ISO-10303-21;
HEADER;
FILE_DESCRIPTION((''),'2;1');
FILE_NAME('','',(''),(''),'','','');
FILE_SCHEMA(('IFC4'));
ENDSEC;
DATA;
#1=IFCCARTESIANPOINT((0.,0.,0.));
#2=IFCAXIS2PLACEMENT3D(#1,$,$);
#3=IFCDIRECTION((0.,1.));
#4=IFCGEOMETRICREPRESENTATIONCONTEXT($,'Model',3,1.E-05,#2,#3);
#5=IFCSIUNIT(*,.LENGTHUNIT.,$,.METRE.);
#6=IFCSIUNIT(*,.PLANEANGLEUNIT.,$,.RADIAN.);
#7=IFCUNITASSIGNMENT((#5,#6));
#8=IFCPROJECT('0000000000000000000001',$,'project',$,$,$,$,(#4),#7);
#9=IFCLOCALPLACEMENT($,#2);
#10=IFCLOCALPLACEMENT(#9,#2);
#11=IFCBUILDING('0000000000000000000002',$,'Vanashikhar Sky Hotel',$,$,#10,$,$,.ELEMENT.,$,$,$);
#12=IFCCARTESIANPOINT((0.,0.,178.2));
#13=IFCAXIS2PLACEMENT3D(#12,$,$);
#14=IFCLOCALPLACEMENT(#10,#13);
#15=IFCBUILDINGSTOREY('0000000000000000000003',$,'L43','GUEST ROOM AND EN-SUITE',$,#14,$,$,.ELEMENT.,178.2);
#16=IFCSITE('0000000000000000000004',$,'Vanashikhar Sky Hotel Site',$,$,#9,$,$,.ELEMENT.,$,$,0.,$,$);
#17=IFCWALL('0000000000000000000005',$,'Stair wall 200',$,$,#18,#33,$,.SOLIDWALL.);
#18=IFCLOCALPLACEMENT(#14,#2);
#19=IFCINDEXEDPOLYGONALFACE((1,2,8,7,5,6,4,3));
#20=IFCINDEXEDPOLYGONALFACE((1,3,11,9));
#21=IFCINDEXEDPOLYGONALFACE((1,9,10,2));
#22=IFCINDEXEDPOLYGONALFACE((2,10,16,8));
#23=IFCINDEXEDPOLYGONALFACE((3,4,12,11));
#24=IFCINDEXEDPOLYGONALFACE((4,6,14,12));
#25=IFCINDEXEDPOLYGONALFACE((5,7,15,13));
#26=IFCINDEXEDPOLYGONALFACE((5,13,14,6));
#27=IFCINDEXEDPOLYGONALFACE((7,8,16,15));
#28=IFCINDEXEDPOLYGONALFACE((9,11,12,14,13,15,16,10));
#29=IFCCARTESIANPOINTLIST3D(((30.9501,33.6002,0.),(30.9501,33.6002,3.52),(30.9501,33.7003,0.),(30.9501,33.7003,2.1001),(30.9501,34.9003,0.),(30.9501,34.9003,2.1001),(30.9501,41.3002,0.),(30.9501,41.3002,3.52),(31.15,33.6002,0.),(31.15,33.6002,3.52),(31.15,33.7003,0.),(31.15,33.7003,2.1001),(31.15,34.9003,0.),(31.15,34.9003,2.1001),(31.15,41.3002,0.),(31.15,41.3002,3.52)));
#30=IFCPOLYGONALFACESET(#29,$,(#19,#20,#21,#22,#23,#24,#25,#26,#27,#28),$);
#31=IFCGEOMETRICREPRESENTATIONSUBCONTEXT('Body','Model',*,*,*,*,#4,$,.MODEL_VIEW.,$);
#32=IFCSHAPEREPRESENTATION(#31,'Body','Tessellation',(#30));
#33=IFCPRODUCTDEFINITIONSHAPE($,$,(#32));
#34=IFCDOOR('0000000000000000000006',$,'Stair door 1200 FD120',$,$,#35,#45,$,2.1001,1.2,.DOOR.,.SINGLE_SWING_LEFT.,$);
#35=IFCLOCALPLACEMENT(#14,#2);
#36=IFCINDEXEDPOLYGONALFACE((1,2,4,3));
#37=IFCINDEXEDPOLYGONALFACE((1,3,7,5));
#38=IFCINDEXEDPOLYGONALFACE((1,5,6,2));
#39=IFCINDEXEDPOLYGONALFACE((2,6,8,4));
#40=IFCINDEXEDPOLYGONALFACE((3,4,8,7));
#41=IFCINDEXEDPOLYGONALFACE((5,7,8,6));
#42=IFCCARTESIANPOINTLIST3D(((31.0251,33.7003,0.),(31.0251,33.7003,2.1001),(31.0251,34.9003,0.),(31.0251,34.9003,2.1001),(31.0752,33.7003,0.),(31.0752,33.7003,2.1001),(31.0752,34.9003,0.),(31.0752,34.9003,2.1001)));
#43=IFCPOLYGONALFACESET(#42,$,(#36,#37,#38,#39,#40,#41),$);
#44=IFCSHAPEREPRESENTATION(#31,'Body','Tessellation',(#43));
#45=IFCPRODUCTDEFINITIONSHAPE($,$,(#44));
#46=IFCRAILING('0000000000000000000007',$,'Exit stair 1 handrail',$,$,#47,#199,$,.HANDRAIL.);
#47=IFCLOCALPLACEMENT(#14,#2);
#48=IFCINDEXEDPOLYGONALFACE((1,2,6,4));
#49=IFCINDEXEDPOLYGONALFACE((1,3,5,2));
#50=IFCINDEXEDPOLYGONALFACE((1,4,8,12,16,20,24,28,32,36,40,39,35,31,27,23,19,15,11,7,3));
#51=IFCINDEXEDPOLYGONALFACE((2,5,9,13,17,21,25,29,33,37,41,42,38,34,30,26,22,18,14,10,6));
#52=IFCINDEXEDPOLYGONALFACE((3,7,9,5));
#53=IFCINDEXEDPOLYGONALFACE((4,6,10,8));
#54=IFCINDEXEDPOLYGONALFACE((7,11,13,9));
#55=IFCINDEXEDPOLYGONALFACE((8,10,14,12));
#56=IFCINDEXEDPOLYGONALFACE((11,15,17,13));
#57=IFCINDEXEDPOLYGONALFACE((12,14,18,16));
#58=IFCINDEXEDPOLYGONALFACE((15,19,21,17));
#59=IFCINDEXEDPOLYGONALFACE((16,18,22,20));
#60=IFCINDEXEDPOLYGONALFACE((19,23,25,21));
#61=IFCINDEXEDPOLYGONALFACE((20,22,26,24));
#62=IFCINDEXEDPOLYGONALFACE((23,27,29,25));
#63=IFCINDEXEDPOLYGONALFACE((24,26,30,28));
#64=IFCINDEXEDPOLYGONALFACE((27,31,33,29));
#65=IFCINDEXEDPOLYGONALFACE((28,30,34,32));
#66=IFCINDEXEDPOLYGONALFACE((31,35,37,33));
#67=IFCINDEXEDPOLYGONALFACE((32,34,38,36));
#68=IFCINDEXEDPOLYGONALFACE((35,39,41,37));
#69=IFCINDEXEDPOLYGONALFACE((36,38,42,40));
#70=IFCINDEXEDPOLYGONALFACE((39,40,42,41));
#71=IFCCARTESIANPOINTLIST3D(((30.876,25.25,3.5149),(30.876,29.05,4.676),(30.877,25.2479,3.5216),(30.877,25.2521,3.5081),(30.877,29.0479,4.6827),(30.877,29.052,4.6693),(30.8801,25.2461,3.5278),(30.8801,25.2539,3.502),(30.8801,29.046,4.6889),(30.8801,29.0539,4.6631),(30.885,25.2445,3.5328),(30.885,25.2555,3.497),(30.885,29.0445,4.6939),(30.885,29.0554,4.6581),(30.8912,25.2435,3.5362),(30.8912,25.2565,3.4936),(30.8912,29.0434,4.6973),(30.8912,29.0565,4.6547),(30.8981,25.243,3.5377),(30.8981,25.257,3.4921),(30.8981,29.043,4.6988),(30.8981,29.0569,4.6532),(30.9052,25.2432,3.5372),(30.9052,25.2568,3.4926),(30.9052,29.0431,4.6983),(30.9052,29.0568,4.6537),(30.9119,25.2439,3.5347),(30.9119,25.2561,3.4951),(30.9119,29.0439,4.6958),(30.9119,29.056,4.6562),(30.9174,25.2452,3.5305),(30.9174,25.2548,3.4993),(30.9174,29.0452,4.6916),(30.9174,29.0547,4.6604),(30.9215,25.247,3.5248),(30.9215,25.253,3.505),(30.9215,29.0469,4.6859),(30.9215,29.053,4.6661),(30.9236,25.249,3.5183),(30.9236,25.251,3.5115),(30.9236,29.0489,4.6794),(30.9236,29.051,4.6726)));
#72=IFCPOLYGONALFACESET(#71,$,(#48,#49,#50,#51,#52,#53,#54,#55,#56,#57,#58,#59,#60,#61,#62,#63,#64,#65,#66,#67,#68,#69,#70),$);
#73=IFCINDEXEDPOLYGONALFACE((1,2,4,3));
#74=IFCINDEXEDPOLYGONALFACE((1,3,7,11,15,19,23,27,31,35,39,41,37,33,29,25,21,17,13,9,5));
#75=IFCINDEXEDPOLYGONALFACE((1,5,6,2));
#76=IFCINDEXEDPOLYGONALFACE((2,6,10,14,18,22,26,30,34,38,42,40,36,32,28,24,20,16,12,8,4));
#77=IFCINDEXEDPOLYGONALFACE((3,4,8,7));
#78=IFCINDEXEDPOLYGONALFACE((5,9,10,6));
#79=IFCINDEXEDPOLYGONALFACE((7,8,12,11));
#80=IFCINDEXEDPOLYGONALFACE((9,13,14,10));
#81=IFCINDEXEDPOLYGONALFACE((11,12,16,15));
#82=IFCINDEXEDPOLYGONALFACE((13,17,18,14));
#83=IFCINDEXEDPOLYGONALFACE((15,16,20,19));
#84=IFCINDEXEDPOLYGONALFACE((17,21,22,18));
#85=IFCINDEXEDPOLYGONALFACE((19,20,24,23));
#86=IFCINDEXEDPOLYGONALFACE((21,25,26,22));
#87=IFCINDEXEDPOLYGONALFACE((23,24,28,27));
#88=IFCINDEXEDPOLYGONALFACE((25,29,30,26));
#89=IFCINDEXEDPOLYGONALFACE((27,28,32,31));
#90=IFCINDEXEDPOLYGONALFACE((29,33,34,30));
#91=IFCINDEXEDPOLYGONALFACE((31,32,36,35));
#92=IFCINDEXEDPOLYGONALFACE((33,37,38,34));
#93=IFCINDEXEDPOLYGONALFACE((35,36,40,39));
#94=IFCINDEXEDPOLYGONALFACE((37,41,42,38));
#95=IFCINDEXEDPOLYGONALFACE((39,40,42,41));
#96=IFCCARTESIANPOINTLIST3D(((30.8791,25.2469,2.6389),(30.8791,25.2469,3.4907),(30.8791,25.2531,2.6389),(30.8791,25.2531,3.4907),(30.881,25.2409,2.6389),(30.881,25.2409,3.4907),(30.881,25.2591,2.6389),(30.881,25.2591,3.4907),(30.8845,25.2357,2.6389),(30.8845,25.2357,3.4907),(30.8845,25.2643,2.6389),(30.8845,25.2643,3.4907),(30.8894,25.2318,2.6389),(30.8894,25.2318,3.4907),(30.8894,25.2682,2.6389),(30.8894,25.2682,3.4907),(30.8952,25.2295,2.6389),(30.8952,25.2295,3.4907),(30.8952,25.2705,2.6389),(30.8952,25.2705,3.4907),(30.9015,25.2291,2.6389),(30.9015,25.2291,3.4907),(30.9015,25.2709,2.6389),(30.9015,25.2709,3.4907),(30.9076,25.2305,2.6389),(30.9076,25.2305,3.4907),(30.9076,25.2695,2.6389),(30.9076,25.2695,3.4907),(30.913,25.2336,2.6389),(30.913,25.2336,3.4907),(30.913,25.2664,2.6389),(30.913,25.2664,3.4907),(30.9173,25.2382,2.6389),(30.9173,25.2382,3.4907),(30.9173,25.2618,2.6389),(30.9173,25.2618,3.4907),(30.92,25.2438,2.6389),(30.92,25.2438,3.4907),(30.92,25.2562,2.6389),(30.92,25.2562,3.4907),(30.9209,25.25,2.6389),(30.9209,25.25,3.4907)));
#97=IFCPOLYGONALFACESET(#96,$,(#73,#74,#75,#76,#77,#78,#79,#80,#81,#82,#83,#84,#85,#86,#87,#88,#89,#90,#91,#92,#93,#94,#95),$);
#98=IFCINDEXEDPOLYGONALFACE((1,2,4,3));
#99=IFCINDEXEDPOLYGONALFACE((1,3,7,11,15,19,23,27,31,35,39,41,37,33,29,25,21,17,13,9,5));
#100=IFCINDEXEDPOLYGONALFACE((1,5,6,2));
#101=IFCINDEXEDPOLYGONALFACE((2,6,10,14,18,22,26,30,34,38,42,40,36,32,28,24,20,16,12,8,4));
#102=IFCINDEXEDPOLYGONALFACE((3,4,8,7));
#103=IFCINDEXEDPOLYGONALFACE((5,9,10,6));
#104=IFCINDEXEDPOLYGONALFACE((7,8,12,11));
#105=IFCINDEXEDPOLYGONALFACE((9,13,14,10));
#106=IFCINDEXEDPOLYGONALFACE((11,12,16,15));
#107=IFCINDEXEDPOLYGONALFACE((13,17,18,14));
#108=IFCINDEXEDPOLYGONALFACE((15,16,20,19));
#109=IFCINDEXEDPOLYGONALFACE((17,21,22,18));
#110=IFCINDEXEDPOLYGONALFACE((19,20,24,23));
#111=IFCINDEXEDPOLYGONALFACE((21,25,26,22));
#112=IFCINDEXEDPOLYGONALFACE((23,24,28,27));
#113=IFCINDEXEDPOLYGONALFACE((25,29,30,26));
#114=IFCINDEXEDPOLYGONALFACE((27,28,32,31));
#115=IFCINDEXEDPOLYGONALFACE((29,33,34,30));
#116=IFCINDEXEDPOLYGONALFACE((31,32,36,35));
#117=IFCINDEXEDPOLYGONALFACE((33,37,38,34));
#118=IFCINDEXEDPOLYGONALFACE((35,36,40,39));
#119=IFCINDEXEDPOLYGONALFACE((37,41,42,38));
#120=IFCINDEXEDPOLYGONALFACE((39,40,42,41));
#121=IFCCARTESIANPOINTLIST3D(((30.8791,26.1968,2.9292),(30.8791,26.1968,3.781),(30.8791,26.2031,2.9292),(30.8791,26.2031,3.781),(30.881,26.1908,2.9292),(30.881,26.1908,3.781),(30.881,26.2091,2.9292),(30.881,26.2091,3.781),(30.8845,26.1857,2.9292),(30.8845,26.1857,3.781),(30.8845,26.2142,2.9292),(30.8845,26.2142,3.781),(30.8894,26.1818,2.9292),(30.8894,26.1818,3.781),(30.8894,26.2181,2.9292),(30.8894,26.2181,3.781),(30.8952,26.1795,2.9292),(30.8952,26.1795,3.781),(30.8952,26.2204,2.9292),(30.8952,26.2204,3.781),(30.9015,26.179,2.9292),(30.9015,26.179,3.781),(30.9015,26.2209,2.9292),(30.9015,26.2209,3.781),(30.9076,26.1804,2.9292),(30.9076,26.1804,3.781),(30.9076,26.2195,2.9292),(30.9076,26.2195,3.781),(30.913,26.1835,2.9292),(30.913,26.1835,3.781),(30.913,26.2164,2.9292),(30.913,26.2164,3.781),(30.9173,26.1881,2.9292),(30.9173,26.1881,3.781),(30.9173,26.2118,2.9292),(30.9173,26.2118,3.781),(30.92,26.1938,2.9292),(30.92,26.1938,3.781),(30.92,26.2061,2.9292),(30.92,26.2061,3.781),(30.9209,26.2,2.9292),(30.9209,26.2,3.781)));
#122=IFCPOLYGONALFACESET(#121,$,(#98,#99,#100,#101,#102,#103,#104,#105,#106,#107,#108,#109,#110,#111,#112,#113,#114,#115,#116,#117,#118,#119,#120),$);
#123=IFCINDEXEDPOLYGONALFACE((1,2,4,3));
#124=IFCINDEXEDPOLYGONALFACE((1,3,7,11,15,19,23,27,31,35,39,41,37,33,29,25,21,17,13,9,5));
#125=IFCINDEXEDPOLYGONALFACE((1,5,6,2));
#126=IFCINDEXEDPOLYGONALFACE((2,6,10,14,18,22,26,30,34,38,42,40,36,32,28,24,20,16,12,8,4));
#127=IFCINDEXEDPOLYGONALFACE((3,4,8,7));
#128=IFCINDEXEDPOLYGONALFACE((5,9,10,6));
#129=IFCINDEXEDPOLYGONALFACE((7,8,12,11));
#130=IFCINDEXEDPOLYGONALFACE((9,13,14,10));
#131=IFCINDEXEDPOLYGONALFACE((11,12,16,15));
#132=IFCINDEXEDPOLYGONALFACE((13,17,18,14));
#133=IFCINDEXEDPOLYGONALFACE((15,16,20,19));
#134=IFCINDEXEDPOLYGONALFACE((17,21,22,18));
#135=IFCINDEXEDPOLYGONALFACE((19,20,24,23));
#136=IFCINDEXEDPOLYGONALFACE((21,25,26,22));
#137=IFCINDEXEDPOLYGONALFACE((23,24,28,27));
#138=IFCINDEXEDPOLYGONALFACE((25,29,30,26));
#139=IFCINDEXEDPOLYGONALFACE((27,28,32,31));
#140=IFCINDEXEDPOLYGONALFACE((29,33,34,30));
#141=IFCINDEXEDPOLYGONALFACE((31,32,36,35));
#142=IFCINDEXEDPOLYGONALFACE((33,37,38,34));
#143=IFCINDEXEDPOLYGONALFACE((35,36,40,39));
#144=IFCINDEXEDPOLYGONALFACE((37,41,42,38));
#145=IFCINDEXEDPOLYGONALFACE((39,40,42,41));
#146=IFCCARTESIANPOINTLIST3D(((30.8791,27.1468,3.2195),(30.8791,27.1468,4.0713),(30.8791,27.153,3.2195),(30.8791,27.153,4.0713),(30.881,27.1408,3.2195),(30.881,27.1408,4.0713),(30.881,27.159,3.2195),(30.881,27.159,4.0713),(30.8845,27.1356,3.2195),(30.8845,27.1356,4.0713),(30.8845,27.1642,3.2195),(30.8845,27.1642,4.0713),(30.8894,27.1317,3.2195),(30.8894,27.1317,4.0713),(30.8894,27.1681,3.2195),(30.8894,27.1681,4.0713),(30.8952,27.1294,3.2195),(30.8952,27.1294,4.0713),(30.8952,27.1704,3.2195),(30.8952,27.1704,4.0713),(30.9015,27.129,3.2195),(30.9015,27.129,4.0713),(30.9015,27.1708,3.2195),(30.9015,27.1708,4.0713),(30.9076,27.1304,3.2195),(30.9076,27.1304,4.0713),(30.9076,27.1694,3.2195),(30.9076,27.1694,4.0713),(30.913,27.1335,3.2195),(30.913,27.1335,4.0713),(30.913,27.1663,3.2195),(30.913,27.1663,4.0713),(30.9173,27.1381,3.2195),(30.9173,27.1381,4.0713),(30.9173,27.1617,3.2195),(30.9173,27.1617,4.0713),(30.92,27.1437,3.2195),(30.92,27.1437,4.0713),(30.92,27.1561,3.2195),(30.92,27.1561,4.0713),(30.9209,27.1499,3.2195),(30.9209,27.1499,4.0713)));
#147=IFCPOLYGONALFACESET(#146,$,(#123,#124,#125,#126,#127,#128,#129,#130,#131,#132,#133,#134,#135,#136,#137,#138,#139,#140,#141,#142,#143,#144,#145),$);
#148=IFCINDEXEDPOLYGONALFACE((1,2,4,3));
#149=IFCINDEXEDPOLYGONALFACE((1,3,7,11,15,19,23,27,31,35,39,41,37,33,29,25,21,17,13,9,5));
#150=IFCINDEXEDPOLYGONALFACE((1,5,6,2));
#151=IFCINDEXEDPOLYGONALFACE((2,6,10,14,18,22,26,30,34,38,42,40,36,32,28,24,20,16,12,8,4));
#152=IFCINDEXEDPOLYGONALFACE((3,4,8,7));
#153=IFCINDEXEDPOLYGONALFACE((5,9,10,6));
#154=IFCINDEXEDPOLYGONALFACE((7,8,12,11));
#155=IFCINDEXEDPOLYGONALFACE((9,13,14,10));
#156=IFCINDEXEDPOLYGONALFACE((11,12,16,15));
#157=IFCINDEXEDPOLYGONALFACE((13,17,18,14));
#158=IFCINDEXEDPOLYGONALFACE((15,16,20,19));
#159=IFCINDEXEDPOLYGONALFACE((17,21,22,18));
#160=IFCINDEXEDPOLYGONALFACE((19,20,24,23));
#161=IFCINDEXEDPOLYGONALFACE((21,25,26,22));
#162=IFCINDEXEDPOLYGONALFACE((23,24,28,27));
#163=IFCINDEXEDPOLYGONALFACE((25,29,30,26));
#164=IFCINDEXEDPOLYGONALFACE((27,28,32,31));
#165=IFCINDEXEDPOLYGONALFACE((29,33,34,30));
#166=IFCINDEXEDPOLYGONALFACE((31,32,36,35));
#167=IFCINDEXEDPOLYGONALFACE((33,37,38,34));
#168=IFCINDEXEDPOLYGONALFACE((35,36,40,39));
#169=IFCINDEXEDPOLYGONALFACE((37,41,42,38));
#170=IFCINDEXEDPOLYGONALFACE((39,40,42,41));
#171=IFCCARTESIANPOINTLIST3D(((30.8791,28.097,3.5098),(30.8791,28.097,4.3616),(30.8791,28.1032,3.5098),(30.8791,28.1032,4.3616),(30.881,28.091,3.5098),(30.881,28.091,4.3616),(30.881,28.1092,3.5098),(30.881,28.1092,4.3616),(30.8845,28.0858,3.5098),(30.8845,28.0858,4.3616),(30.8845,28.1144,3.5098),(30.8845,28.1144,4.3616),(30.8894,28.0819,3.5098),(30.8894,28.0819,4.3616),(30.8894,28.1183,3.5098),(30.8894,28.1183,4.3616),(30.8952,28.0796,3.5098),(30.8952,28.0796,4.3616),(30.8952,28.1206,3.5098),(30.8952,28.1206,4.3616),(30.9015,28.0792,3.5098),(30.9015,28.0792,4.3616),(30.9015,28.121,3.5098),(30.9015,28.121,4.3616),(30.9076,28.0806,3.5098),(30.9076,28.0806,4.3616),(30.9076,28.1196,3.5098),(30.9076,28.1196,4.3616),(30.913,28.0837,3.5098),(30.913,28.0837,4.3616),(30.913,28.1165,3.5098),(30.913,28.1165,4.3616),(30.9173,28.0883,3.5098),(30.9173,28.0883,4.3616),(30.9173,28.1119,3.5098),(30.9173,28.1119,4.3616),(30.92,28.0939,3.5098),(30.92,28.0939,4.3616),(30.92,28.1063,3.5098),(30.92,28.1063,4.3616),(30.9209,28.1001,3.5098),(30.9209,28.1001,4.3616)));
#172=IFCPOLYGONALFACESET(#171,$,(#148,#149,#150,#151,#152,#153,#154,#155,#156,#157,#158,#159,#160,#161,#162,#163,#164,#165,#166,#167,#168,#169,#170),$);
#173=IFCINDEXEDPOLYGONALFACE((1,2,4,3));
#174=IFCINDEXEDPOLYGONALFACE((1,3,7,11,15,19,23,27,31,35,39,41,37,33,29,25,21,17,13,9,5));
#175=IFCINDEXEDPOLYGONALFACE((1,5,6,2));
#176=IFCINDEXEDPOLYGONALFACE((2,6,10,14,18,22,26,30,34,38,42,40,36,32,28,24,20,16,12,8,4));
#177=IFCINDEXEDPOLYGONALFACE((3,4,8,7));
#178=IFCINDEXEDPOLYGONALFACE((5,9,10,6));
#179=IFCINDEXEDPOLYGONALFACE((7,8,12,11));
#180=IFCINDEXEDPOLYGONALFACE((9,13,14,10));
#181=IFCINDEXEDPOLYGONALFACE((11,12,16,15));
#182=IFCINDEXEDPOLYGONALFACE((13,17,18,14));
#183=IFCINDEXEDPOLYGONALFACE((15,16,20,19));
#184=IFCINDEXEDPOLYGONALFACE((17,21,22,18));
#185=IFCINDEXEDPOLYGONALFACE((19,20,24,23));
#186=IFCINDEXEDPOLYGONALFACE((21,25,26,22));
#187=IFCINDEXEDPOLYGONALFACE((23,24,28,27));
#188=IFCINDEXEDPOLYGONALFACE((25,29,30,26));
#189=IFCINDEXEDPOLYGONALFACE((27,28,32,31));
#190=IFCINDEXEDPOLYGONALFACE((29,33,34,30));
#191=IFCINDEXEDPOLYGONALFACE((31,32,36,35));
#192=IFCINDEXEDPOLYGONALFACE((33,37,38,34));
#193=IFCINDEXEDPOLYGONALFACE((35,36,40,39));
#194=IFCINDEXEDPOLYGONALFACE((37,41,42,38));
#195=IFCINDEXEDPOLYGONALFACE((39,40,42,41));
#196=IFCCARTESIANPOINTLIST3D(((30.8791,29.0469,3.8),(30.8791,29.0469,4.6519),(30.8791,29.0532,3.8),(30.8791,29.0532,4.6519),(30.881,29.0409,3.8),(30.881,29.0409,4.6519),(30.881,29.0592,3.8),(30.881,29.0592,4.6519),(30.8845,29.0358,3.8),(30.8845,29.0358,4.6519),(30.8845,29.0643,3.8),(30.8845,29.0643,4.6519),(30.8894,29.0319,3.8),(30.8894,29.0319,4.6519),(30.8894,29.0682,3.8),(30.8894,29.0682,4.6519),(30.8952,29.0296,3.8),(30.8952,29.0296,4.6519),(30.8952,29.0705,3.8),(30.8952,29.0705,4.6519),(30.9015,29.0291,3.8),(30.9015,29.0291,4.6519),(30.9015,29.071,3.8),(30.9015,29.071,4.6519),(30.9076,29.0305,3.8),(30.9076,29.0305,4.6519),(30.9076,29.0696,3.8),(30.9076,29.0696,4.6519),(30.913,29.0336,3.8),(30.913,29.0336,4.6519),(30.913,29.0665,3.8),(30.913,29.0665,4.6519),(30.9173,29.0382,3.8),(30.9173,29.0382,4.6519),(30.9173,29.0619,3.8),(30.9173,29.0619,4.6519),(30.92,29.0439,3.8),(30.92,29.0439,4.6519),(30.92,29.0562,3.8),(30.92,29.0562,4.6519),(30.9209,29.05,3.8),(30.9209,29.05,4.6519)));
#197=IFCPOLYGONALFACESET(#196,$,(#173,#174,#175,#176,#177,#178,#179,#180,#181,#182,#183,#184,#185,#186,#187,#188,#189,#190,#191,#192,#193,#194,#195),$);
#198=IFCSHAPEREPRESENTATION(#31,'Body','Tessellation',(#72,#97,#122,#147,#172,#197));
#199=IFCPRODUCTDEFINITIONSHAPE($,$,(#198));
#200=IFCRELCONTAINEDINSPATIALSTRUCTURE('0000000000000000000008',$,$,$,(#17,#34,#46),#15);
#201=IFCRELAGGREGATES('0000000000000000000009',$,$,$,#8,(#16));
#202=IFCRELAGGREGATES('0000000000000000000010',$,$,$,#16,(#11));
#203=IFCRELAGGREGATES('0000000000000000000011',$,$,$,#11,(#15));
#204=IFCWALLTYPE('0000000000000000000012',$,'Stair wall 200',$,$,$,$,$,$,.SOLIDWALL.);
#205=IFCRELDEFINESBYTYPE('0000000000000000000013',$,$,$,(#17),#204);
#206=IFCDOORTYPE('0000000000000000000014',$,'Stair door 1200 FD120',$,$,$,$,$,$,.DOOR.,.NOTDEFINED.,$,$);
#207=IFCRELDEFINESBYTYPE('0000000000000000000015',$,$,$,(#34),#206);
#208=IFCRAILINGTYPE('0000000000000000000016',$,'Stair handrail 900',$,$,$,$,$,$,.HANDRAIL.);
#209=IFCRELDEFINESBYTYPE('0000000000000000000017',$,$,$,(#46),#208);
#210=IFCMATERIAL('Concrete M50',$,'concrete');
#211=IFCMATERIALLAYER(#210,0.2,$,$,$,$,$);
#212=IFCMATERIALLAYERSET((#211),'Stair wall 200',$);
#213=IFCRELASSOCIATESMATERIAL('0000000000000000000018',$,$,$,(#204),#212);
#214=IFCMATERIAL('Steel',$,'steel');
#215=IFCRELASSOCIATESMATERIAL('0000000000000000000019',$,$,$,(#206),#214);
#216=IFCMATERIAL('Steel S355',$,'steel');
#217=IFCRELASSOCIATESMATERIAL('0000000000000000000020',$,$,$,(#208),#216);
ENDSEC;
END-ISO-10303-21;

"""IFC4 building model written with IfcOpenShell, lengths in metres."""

from ifc_helpers import new_model, si_unit, direction, frame, frame_2d, origin, origin_2d, place, context, subcontext, project, spatial, rectangle, circle, extrude, source, transform, mapped, material, layer, layer_set, type_object, element, fill, save


model = new_model("IFC4")

# Units and contexts
model_context = context("Model", 3, precision=1e-05, world=origin(), true_north=direction((0.0, 1.0)))
body_context = subcontext(model_context, "Body", "Model", "MODEL_VIEW")
ifc_project = project(units=[si_unit("LENGTHUNIT", "METRE"), si_unit("PLANEANGLEUNIT", "RADIAN")], contexts=[model_context])

# Site, building, storey
site_placement = place(None, origin())
site = spatial("IfcSite", under=ifc_project, at=site_placement, Name="Vanashikhar Sky Hotel Site", CompositionType="ELEMENT", RefElevation=0.0)
building_placement = place(site_placement, origin())
building = spatial("IfcBuilding", under=site, at=building_placement, Name="Vanashikhar Sky Hotel", CompositionType="ELEMENT")
storey_placement = place(building_placement, frame((0.0, 0.0, 178.2)))
storey = spatial("IfcBuildingStorey", under=building, at=storey_placement, Name="L43", Description="GUEST ROOM AND EN-SUITE", CompositionType="ELEMENT", Elevation=178.2)

# Shared definitions
ifc_material_1 = material(Name="Steel", Category="steel")

# Shared definitions
ifc_material_2 = material(Name="Concrete M50", Category="concrete")
ifc_layer_1 = layer(ifc_material_2, 0.2)
ifc_layer_set_1 = layer_set([ifc_layer_1], Name="Stair wall 200")
wall_type_1 = type_object("IfcWallType", Name="Stair wall 200", PredefinedType="SOLIDWALL", material=ifc_layer_set_1)
shared_shape_1 = source(origin(), body_context, "Body", "SweptSolid", [
    extrude(rectangle(XDim=1.2, YDim=2.1001, at=frame_2d((0.6001, 1.05))), frame((0.0, 0.1099, 0.0), z_axis=(0.0, -1.0, 0.0), x_axis=(1.0, 0.0, 0.0)), (0.0, 0.0, 1.0), 0.22),
])
door_type_1 = type_object("IfcDoorType", Name="Stair door 1200 FD120", OperationType="NOTDEFINED", PredefinedType="DOOR", material=ifc_material_1)
shared_shape_2 = source(origin(), body_context, "Body", "SweptSolid", [
    extrude(rectangle(XDim=1.2, YDim=2.1001, at=frame_2d((0.6001, 1.05))), frame((0.0, 0.0249, 0.0), z_axis=(0.0, -1.0, 0.0), x_axis=(1.0, 0.0, 0.0)), (0.0, 0.0, 1.0), 0.05),
])

# Wall, opening, door
shared_shape_3 = source(origin(), body_context, "Body", "SweptSolid", [
    extrude(rectangle(XDim=7.7, YDim=0.2, at=frame_2d((3.8501, 0.0))), origin(), (0.0, 0.0, 1.0), 3.52),
])
wall_1_placement = place(storey_placement, frame((31.05, 33.6001, 0.0), z_axis=(0.0, 0.0, 1.0), x_axis=(0.0, 1.0, 0.0)))
wall_1 = element("IfcWall", 1, at=wall_1_placement, inside=storey, type_object=wall_type_1, Name="Stair wall 200", PredefinedType="SOLIDWALL", context=body_context, shape_type="MappedRepresentation", body=[
    mapped(shared_shape_3, transform((0.0, 0.0, 0.0), scale=1.0)),
])
opening_1_placement = place(wall_1_placement, frame((0.1001, 0.0, 0.0)))
opening_1 = element("IfcOpeningElement", 2, at=opening_1_placement, cuts=wall_1, PredefinedType="OPENING", context=body_context, shape_type="MappedRepresentation", body=[
    mapped(shared_shape_1, transform((0.0, 0.0, 0.0), scale=1.0)),
])
door_1_placement = place(opening_1_placement, origin())
door_1 = element("IfcDoor", 3, at=door_1_placement, inside=storey, type_object=door_type_1, Name="Stair door 1200 FD120", OperationType="SINGLE_SWING_LEFT", OverallHeight=2.1001, OverallWidth=1.2, PredefinedType="DOOR", context=body_context, shape_type="MappedRepresentation", body=[
    mapped(shared_shape_2, transform((0.0, 0.0, 0.0), scale=1.0)),
])
fill(opening_1, door_1)

# Railing
ifc_material_3 = material(Name="Steel S355", Category="steel")
railing_type = type_object("IfcRailingType", Name="Stair handrail 900", PredefinedType="HANDRAIL", material=ifc_material_3)
shared_shape_4 = source(origin(), body_context, "Body", "SweptSolid", [
    extrude(circle(Radius=0.0239, at=origin_2d()), frame((0.0, 0.0, 0.876), z_axis=(0.0, 0.956351, 0.29222), x_axis=(-1.0, 0.0, 0.0)), (0.0, 0.0, 1.0), 3.9734),
    extrude(circle(Radius=0.021, at=origin_2d()), origin(), (0.0, 0.0, 1.0), 0.8518),
    extrude(circle(Radius=0.021, at=origin_2d()), frame((0.0, 0.95, 0.2903)), (0.0, 0.0, 1.0), 0.8518),
    extrude(circle(Radius=0.021, at=origin_2d()), frame((0.0, 1.8999, 0.5806)), (0.0, 0.0, 1.0), 0.8518),
    extrude(circle(Radius=0.021, at=origin_2d()), frame((0.0, 2.8501, 0.8708)), (0.0, 0.0, 1.0), 0.8518),
    extrude(circle(Radius=0.021, at=origin_2d()), frame((0.0, 3.8, 1.1611)), (0.0, 0.0, 1.0), 0.8518),
])
for number, where, name in (
    (4, (30.8999, 25.25, 2.6389), "Exit stair 1 handrail"),
):
    element("IfcRailing", number, at=place(storey_placement, frame(where)), inside=storey, type_object=railing_type, Name=name, PredefinedType="HANDRAIL", context=body_context, shape_type="MappedRepresentation", body=[
        mapped(shared_shape_4, transform((0.0, 0.0, 0.0), scale=1.0)),
    ])

save(model, "model.ifc")
